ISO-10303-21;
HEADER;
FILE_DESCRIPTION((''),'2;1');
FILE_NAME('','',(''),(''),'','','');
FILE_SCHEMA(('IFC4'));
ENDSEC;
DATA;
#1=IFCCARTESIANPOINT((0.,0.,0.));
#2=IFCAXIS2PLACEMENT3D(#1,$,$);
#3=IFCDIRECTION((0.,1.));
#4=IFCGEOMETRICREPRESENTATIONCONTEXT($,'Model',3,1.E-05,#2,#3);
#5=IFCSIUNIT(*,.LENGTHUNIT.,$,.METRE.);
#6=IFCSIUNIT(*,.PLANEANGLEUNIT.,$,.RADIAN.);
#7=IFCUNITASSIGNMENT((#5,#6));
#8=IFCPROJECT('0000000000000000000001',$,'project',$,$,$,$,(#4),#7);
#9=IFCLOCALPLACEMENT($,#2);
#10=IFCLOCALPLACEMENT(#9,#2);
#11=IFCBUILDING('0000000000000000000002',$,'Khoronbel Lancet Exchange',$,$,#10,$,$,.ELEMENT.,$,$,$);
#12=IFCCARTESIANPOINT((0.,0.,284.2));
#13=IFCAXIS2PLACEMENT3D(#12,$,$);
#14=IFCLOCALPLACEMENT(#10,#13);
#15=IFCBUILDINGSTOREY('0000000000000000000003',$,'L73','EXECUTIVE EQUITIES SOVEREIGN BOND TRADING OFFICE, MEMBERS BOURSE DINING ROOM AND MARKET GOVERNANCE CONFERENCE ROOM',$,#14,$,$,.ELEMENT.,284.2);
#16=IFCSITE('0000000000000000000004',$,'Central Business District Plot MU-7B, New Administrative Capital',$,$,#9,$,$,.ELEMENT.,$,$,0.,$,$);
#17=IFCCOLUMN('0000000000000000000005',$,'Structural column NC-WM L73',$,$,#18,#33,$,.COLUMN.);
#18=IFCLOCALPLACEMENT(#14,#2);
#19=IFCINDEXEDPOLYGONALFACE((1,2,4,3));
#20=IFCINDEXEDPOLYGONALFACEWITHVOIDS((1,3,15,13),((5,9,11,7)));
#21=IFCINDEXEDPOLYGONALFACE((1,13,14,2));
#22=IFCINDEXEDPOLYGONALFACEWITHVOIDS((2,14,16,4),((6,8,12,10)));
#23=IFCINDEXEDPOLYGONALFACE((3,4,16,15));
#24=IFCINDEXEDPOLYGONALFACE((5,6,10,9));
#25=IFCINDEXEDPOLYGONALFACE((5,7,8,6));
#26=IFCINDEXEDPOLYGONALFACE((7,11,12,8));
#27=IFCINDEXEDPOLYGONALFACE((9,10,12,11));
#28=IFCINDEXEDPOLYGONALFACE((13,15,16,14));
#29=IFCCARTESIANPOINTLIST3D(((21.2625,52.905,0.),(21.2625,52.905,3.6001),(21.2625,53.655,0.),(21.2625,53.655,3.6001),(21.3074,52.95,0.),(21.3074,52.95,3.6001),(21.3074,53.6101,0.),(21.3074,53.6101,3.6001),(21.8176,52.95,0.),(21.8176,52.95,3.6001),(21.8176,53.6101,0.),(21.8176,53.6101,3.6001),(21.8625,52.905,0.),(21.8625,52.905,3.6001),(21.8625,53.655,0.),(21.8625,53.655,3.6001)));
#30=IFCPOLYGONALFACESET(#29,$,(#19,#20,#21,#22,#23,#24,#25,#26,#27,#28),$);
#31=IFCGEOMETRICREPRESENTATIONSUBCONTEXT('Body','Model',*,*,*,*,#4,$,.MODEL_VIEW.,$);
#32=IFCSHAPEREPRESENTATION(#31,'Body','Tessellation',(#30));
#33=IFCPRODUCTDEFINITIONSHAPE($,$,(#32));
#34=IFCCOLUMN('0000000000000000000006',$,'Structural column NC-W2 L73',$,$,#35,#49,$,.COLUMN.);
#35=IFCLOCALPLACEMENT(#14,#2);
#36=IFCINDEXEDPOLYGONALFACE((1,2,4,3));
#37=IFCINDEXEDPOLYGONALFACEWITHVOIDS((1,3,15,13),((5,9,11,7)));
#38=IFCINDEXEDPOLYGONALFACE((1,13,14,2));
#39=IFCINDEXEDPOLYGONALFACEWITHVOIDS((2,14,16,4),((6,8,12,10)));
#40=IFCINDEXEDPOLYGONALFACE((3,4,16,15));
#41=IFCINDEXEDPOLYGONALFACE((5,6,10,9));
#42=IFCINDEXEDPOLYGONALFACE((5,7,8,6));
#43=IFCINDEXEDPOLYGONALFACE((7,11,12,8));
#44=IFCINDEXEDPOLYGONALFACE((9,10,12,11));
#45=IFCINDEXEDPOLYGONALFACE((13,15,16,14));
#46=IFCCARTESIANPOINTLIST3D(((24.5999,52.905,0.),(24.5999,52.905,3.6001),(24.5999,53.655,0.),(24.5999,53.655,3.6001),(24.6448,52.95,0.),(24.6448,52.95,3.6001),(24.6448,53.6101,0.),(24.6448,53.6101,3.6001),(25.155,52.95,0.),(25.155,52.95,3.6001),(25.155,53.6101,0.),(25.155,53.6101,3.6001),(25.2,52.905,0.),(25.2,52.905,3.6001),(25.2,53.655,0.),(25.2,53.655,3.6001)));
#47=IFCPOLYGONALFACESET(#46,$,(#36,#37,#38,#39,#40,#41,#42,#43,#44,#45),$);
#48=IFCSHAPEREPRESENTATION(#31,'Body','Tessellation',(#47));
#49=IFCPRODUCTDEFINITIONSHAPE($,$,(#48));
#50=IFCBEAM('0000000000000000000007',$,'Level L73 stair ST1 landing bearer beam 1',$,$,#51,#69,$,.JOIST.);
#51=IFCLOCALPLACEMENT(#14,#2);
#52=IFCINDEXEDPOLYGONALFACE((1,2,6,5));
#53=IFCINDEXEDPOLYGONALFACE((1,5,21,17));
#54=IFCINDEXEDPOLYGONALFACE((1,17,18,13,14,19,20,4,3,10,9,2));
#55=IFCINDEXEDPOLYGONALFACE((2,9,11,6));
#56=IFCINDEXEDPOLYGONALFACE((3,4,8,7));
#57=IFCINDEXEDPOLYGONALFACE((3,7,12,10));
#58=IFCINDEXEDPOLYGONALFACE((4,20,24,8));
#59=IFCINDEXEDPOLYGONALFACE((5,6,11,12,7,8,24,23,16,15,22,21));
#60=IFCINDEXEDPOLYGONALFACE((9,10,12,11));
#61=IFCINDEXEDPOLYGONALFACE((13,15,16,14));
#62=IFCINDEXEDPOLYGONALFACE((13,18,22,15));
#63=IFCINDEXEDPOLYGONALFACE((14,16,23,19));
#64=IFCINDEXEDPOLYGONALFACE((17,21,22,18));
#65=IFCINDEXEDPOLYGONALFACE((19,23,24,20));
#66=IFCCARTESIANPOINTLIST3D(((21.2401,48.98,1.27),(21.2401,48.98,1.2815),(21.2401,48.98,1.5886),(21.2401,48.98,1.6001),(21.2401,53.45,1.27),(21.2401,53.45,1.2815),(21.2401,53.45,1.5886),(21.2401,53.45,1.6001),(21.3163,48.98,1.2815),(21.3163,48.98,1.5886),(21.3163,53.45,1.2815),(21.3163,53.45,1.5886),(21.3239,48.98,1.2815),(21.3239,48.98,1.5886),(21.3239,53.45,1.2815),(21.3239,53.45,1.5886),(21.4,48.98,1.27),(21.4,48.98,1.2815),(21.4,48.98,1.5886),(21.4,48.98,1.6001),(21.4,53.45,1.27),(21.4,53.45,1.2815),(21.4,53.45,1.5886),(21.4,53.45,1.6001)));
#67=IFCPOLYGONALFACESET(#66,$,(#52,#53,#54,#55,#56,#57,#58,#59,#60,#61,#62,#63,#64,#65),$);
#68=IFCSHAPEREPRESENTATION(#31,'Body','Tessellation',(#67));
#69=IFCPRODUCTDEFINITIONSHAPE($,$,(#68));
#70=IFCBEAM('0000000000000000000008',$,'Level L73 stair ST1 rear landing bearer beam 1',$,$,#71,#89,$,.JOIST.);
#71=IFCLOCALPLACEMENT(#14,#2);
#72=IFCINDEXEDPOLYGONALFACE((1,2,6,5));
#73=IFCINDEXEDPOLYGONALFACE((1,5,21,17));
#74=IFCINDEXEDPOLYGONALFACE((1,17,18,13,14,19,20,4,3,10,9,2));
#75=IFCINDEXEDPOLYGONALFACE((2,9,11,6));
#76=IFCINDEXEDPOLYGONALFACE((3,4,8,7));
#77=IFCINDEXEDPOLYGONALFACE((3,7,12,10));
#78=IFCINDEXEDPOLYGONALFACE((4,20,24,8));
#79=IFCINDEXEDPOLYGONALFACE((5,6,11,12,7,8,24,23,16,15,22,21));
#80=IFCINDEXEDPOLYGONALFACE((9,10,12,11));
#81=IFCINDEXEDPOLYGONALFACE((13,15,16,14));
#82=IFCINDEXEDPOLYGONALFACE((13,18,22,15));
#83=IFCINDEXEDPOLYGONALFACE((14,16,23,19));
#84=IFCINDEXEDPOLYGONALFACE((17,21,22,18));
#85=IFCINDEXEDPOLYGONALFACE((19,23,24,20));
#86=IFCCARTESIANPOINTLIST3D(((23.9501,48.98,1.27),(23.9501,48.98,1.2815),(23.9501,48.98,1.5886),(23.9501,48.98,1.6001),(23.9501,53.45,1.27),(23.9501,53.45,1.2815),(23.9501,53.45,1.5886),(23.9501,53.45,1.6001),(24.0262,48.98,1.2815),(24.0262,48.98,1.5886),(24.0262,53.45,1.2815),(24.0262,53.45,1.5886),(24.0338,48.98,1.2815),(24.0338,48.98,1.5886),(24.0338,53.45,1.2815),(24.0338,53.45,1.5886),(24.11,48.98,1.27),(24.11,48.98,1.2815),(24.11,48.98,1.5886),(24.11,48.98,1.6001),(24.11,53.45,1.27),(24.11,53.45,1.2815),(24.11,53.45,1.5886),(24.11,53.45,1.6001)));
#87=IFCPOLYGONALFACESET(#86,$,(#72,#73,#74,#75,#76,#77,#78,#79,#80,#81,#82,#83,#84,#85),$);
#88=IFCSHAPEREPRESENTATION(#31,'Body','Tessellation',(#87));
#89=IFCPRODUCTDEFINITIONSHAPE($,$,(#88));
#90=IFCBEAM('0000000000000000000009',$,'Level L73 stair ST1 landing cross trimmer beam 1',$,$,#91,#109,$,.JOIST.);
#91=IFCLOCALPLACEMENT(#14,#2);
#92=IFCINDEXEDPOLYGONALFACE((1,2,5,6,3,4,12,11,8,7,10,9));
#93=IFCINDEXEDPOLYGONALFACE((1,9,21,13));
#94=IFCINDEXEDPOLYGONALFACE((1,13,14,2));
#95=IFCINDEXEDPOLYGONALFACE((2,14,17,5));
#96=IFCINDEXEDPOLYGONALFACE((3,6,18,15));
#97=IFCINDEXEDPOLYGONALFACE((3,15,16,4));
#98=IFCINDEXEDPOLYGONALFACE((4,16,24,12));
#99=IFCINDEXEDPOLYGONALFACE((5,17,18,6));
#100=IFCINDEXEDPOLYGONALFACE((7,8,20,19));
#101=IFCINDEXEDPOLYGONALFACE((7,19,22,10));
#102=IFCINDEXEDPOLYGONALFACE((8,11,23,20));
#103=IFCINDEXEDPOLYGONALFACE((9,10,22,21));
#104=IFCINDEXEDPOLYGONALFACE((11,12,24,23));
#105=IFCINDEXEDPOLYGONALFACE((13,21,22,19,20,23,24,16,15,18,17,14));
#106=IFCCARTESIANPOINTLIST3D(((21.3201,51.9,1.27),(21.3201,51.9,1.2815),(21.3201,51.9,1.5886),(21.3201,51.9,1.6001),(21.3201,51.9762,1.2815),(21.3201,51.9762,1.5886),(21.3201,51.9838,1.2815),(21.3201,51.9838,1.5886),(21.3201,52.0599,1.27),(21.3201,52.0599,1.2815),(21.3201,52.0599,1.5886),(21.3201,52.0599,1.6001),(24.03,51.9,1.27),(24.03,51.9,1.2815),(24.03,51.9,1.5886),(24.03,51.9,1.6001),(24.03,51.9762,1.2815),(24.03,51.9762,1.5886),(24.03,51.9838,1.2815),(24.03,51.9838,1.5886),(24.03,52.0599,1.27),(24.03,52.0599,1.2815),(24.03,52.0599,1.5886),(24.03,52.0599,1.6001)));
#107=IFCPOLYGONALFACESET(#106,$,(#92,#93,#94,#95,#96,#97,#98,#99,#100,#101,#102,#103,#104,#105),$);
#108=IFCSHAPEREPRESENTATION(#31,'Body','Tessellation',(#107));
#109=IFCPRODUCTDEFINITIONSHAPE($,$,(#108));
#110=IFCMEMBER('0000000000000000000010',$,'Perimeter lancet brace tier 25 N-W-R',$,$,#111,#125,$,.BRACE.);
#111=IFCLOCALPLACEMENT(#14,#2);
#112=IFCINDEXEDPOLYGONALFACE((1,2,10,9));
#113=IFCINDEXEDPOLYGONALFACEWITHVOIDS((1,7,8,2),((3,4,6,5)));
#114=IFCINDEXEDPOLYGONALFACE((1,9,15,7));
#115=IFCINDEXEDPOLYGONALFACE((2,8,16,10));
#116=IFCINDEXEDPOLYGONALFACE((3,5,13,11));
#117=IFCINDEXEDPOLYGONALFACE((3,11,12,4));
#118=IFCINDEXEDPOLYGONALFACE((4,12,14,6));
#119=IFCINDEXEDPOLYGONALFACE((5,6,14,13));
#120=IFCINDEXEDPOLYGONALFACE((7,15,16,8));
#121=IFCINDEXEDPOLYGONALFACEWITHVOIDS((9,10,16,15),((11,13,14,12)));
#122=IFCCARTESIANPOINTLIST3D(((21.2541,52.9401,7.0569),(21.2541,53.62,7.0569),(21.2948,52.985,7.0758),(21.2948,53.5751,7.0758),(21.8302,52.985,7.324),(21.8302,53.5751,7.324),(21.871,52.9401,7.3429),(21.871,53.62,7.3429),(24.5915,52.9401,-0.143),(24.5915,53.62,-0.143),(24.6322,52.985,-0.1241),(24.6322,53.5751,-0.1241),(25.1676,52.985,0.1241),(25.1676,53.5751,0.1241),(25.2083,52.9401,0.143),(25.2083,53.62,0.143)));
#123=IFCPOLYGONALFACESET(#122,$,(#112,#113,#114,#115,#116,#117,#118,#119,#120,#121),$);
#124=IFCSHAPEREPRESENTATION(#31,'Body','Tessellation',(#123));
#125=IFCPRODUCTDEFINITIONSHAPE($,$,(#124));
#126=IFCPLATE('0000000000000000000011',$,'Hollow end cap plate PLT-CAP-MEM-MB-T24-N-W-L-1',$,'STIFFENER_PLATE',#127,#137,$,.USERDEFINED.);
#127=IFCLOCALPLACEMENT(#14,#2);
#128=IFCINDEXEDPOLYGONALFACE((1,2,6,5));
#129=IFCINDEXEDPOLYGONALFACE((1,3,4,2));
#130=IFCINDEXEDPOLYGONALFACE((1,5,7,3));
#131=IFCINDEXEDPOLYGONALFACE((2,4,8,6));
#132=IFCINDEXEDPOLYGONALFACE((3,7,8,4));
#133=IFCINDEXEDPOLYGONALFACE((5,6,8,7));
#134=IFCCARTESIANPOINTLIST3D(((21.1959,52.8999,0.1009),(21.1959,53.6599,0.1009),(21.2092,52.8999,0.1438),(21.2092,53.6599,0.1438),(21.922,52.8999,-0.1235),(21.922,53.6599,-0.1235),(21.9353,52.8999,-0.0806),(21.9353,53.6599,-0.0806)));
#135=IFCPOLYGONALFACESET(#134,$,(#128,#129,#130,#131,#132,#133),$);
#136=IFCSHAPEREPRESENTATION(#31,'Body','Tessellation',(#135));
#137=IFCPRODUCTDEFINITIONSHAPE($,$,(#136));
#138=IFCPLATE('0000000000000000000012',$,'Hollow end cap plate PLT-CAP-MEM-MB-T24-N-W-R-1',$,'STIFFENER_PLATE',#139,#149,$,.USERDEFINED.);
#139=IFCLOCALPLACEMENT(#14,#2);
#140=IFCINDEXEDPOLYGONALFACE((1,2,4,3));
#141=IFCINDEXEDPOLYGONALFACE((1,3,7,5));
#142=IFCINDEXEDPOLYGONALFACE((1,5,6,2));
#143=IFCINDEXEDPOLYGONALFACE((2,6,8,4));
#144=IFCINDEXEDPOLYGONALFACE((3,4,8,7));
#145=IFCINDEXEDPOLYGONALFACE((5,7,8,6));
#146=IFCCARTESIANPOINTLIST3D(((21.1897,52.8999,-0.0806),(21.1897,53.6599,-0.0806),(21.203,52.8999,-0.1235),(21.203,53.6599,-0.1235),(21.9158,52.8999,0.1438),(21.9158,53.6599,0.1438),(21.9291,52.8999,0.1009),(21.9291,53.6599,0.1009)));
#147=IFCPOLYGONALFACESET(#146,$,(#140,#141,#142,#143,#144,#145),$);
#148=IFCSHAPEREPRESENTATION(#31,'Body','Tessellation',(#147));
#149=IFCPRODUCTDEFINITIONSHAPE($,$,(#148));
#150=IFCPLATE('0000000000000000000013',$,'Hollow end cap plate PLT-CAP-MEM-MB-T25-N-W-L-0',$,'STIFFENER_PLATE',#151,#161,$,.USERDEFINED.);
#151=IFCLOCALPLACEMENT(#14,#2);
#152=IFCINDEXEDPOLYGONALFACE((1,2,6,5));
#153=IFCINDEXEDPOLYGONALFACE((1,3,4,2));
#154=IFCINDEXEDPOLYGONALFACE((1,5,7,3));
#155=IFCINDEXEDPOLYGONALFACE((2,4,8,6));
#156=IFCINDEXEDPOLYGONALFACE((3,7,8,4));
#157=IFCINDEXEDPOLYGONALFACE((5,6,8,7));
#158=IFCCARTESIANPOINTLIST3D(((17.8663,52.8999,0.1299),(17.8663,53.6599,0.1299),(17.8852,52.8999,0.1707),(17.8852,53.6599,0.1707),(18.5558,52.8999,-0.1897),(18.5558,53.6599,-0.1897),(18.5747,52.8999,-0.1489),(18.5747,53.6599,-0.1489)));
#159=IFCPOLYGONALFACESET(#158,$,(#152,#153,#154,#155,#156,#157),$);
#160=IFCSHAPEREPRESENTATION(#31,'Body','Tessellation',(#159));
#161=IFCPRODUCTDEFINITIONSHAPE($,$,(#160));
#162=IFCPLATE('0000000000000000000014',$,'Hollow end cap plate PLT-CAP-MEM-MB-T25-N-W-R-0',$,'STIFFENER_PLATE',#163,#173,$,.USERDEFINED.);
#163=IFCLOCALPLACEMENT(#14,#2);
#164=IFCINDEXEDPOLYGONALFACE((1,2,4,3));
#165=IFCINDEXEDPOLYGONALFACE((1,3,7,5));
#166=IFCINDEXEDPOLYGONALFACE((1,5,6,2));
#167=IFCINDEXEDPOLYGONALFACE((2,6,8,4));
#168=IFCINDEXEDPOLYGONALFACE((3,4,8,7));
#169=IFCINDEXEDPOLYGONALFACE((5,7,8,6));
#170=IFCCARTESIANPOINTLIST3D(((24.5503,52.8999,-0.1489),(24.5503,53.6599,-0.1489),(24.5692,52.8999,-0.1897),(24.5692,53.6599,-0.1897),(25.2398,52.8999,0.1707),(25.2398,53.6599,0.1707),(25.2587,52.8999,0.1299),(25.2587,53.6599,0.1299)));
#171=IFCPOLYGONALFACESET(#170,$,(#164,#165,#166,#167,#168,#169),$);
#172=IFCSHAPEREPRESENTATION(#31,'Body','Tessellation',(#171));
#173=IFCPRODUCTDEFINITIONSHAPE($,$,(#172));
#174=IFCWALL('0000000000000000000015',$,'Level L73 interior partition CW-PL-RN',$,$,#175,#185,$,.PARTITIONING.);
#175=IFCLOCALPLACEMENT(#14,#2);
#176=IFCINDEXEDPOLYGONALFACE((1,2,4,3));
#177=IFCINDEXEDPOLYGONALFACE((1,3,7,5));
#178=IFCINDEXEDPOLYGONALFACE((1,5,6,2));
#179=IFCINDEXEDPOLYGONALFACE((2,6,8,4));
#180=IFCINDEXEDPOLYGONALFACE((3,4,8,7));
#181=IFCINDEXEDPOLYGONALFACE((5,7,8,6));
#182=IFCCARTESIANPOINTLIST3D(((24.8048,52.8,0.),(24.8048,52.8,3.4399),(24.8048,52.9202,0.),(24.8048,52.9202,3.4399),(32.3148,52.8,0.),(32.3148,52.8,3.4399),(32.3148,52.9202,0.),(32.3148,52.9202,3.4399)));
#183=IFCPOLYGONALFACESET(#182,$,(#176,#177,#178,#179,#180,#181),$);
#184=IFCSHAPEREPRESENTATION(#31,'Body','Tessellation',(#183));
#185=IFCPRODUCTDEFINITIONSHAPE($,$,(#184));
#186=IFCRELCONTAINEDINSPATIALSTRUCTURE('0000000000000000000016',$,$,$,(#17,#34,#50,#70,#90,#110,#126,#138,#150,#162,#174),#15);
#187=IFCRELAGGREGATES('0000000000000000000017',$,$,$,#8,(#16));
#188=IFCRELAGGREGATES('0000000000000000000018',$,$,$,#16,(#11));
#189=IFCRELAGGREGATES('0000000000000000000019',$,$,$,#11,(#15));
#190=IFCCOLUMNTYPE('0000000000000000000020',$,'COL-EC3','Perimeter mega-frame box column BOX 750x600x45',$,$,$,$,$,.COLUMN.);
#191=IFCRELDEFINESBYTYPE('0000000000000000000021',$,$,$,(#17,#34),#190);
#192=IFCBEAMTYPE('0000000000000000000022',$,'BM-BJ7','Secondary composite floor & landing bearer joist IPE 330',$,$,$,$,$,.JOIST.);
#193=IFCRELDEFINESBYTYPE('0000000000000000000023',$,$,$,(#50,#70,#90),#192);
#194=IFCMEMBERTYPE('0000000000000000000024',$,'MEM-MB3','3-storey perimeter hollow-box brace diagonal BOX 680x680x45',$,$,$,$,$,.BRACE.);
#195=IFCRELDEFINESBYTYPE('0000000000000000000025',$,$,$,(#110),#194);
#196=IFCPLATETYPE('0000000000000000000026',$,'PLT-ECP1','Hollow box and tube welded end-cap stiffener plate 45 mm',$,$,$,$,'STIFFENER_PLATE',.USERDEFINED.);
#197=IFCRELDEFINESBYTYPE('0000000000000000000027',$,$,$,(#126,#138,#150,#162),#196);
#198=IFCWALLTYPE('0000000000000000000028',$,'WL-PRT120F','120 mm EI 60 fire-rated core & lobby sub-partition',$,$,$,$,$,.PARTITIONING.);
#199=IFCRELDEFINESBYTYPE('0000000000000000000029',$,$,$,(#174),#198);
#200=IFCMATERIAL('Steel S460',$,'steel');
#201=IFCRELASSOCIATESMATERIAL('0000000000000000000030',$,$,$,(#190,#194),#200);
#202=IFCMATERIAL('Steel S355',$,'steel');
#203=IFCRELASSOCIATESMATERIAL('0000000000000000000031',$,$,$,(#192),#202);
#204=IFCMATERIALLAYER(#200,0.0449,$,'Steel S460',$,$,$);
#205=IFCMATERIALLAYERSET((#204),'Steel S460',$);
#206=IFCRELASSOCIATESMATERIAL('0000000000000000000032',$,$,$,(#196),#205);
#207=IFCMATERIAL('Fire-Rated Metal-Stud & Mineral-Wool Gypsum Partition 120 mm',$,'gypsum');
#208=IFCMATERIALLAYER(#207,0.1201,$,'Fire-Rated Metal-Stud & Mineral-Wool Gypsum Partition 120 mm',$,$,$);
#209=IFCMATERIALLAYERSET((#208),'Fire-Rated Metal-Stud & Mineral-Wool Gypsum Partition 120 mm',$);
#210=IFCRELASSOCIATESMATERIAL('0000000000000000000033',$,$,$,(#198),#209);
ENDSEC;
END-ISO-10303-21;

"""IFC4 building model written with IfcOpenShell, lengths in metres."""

from ifc_helpers import new_model, si_unit, direction, frame, frame_2d, origin, origin_2d, place, context, subcontext, project, spatial, polyline, rectangle, hollow_rectangle, i_section, outline, extrude, material, layer, layer_set, material_profile, profile_set, type_object, element, save


model = new_model("IFC4")

# Units and contexts
model_context = context("Model", 3, precision=1e-05, world=origin(), true_north=direction((0.0, 1.0)))
body_context = subcontext(model_context, "Body", "Model", "MODEL_VIEW")
ifc_project = project(units=[si_unit("LENGTHUNIT", "METRE"), si_unit("PLANEANGLEUNIT", "RADIAN")], contexts=[model_context])

# Site, building, storey
site_placement = place(None, origin())
site = spatial("IfcSite", under=ifc_project, at=site_placement, Name="Central Business District Plot MU-7B, New Administrative Capital", CompositionType="ELEMENT", RefElevation=0.0)
building_placement = place(site_placement, origin())
building = spatial("IfcBuilding", under=site, at=building_placement, Name="Khoronbel Lancet Exchange", CompositionType="ELEMENT")
storey_placement = place(building_placement, frame((0.0, 0.0, 284.2)))
storey = spatial("IfcBuildingStorey", under=building, at=storey_placement, Name="L73", Description="EXECUTIVE EQUITIES SOVEREIGN BOND TRADING OFFICE, MEMBERS BOURSE DINING ROOM AND MARKET GOVERNANCE CONFERENCE ROOM", CompositionType="ELEMENT", Elevation=284.2)

# Columns
ifc_material_1 = material(Name="Steel S460", Category="steel")
ifc_material_profile_1 = material_profile(ifc_material_1, hollow_rectangle(XDim=0.6001, YDim=0.75, WallThickness=0.0449, at=origin_2d()), Name="BOX 750x600x45")
ifc_profile_set_1 = profile_set([ifc_material_profile_1], Name="Steel S460")
column_type = type_object("IfcColumnType", Name="COL-EC3", Description="Perimeter mega-frame box column BOX 750x600x45", PredefinedType="COLUMN", material=ifc_profile_set_1)
for number, where, z_axis, x_axis, name in (
    (1, (21.5625, 53.28, 0.0), (0.0, 0.0, 1.0), (1.0, 0.0, 0.0), "Structural column NC-WM L73"),
    (2, (24.8999, 53.28, 0.0), (0.0, 0.0, 1.0), (1.0, 0.0, 0.0), "Structural column NC-W2 L73"),
):
    element("IfcColumn", number, at=place(storey_placement, frame(where, z_axis=z_axis, x_axis=x_axis)), inside=storey, type_object=column_type, Name=name, PredefinedType="COLUMN", context=body_context, shape_type="SweptSolid", body=[
        extrude(hollow_rectangle(XDim=0.6001, YDim=0.75, WallThickness=0.0449, at=origin_2d()), origin(), (0.0, 0.0, 1.0), 3.6001),
    ])

# Beams
ifc_material_2 = material(Name="Steel S355", Category="steel")
ifc_material_profile_2 = material_profile(ifc_material_2, i_section(OverallWidth=0.1599, OverallDepth=0.3301, WebThickness=0.0076, FlangeThickness=0.0115, at=origin_2d()), Name="IPE 330")
ifc_profile_set_2 = profile_set([ifc_material_profile_2], Name="Steel S355")
beam_type = type_object("IfcBeamType", Name="BM-BJ7", Description="Secondary composite floor & landing bearer joist IPE 330", PredefinedType="JOIST", material=ifc_profile_set_2)
for number, where, z_axis, x_axis, name in (
    (3, (21.3201, 48.98, 1.4351), (0.0, 1.0, 0.0), (-1.0, 0.0, 0.0), "Level L73 stair ST1 landing bearer beam 1"),
    (4, (24.03, 48.98, 1.4351), (0.0, 1.0, 0.0), (-1.0, 0.0, 0.0), "Level L73 stair ST1 rear landing bearer beam 1"),
):
    element("IfcBeam", number, at=place(storey_placement, frame(where, z_axis=z_axis, x_axis=x_axis)), inside=storey, type_object=beam_type, Name=name, PredefinedType="JOIST", context=body_context, shape_type="SweptSolid", body=[
        extrude(i_section(OverallWidth=0.1599, OverallDepth=0.3301, WebThickness=0.0076, FlangeThickness=0.0115, at=origin_2d()), origin(), (0.0, 0.0, 1.0), 4.47),
    ])
beam_placement = place(storey_placement, frame((21.3201, 51.98, 1.4351), z_axis=(1.0, 0.0, 0.0), x_axis=(0.0, 1.0, 0.0)))
element("IfcBeam", 5, at=beam_placement, inside=storey, type_object=beam_type, Name="Level L73 stair ST1 landing cross trimmer beam 1", PredefinedType="JOIST", context=body_context, shape_type="SweptSolid", body=[
    extrude(i_section(OverallWidth=0.1599, OverallDepth=0.3301, WebThickness=0.0076, FlangeThickness=0.0115, at=origin_2d()), origin(), (0.0, 0.0, 1.0), 2.71),
])

# Member
ifc_material_profile_3 = material_profile(ifc_material_1, hollow_rectangle(XDim=0.6799, YDim=0.6799, WallThickness=0.0449, at=origin_2d()), Name="BOX 680x680x45")
ifc_profile_set_3 = profile_set([ifc_material_profile_3], Name="Steel S460")
member_type = type_object("IfcMemberType", Name="MEM-MB3", Description="3-storey perimeter hollow-box brace diagonal BOX 680x680x45", PredefinedType="BRACE", material=ifc_profile_set_3)
member_placement = place(storey_placement, frame((24.8999, 53.28, 0.0), z_axis=(-0.420548, 0.0, 0.90727), x_axis=(0.0, -1.0, 0.0)))
element("IfcMember", 6, at=member_placement, inside=storey, type_object=member_type, Name="Perimeter lancet brace tier 25 N-W-R", PredefinedType="BRACE", context=body_context, shape_type="SweptSolid", body=[
    extrude(hollow_rectangle(XDim=0.6799, YDim=0.6799, WallThickness=0.0449, at=origin_2d()), origin(), (0.0, 0.0, 1.0), 7.9358),
])

# Plates
ifc_layer_1 = layer(ifc_material_1, 0.0449, Name="Steel S460")
ifc_layer_set_1 = layer_set([ifc_layer_1], Name="Steel S460")
plate_type = type_object("IfcPlateType", Name="PLT-ECP1", Description="Hollow box and tube welded end-cap stiffener plate 45 mm", ElementType="STIFFENER_PLATE", PredefinedType="USERDEFINED", material=ifc_layer_set_1)
for number, where, z_axis, x_axis, name in (
    (7, (21.9353, 52.8999, -0.0806), (0.295237, 0.0, 0.955424), (0.0, 1.0, 0.0), "Hollow end cap plate PLT-CAP-MEM-MB-T24-N-W-L-1"),
    (8, (21.1897, 53.6599, -0.0806), (-0.295237, 0.0, 0.955424), (0.0, -1.0, 0.0), "Hollow end cap plate PLT-CAP-MEM-MB-T24-N-W-R-1"),
    (9, (18.5747, 52.8999, -0.1489), (0.420545, 0.0, 0.907272), (0.0, 1.0, 0.0), "Hollow end cap plate PLT-CAP-MEM-MB-T25-N-W-L-0"),
    (10, (24.5503, 53.6599, -0.1489), (-0.420545, 0.0, 0.907272), (0.0, -1.0, 0.0), "Hollow end cap plate PLT-CAP-MEM-MB-T25-N-W-R-0"),
):
    element("IfcPlate", number, at=place(storey_placement, frame(where, z_axis=z_axis, x_axis=x_axis)), inside=storey, type_object=plate_type, Name=name, ObjectType="STIFFENER_PLATE", PredefinedType="USERDEFINED", context=body_context, shape_type="SweptSolid", body=[
        extrude(outline(polyline([(0.0, 0.0), (0.76, 0.0), (0.76, 0.76), (0.0, 0.76), (0.0, 0.0)])), origin(), (0.0, 0.0, -1.0), 0.0449),
    ])

# Wall
ifc_material_3 = material(Name="Fire-Rated Metal-Stud & Mineral-Wool Gypsum Partition 120 mm", Category="gypsum")
ifc_layer_2 = layer(ifc_material_3, 0.1201, Name="Fire-Rated Metal-Stud & Mineral-Wool Gypsum Partition 120 mm")
ifc_layer_set_2 = layer_set([ifc_layer_2], Name="Fire-Rated Metal-Stud & Mineral-Wool Gypsum Partition 120 mm")
wall_type_1 = type_object("IfcWallType", Name="WL-PRT120F", Description="120 mm EI 60 fire-rated core & lobby sub-partition", PredefinedType="PARTITIONING", material=ifc_layer_set_2)
wall_1_placement = place(storey_placement, frame((24.8049, 52.8601, 0.0), z_axis=(0.0, 0.0, 1.0), x_axis=(1.0, 0.0, 0.0)))
element("IfcWall", 11, at=wall_1_placement, inside=storey, type_object=wall_type_1, Name="Level L73 interior partition CW-PL-RN", PredefinedType="PARTITIONING", context=body_context, shape_type="SweptSolid", body=[
    extrude(rectangle(XDim=7.51, YDim=0.1201, at=frame_2d((3.7549, 0.0))), origin(), (0.0, 0.0, 1.0), 3.4399),
])

save(model, "model.ifc")
